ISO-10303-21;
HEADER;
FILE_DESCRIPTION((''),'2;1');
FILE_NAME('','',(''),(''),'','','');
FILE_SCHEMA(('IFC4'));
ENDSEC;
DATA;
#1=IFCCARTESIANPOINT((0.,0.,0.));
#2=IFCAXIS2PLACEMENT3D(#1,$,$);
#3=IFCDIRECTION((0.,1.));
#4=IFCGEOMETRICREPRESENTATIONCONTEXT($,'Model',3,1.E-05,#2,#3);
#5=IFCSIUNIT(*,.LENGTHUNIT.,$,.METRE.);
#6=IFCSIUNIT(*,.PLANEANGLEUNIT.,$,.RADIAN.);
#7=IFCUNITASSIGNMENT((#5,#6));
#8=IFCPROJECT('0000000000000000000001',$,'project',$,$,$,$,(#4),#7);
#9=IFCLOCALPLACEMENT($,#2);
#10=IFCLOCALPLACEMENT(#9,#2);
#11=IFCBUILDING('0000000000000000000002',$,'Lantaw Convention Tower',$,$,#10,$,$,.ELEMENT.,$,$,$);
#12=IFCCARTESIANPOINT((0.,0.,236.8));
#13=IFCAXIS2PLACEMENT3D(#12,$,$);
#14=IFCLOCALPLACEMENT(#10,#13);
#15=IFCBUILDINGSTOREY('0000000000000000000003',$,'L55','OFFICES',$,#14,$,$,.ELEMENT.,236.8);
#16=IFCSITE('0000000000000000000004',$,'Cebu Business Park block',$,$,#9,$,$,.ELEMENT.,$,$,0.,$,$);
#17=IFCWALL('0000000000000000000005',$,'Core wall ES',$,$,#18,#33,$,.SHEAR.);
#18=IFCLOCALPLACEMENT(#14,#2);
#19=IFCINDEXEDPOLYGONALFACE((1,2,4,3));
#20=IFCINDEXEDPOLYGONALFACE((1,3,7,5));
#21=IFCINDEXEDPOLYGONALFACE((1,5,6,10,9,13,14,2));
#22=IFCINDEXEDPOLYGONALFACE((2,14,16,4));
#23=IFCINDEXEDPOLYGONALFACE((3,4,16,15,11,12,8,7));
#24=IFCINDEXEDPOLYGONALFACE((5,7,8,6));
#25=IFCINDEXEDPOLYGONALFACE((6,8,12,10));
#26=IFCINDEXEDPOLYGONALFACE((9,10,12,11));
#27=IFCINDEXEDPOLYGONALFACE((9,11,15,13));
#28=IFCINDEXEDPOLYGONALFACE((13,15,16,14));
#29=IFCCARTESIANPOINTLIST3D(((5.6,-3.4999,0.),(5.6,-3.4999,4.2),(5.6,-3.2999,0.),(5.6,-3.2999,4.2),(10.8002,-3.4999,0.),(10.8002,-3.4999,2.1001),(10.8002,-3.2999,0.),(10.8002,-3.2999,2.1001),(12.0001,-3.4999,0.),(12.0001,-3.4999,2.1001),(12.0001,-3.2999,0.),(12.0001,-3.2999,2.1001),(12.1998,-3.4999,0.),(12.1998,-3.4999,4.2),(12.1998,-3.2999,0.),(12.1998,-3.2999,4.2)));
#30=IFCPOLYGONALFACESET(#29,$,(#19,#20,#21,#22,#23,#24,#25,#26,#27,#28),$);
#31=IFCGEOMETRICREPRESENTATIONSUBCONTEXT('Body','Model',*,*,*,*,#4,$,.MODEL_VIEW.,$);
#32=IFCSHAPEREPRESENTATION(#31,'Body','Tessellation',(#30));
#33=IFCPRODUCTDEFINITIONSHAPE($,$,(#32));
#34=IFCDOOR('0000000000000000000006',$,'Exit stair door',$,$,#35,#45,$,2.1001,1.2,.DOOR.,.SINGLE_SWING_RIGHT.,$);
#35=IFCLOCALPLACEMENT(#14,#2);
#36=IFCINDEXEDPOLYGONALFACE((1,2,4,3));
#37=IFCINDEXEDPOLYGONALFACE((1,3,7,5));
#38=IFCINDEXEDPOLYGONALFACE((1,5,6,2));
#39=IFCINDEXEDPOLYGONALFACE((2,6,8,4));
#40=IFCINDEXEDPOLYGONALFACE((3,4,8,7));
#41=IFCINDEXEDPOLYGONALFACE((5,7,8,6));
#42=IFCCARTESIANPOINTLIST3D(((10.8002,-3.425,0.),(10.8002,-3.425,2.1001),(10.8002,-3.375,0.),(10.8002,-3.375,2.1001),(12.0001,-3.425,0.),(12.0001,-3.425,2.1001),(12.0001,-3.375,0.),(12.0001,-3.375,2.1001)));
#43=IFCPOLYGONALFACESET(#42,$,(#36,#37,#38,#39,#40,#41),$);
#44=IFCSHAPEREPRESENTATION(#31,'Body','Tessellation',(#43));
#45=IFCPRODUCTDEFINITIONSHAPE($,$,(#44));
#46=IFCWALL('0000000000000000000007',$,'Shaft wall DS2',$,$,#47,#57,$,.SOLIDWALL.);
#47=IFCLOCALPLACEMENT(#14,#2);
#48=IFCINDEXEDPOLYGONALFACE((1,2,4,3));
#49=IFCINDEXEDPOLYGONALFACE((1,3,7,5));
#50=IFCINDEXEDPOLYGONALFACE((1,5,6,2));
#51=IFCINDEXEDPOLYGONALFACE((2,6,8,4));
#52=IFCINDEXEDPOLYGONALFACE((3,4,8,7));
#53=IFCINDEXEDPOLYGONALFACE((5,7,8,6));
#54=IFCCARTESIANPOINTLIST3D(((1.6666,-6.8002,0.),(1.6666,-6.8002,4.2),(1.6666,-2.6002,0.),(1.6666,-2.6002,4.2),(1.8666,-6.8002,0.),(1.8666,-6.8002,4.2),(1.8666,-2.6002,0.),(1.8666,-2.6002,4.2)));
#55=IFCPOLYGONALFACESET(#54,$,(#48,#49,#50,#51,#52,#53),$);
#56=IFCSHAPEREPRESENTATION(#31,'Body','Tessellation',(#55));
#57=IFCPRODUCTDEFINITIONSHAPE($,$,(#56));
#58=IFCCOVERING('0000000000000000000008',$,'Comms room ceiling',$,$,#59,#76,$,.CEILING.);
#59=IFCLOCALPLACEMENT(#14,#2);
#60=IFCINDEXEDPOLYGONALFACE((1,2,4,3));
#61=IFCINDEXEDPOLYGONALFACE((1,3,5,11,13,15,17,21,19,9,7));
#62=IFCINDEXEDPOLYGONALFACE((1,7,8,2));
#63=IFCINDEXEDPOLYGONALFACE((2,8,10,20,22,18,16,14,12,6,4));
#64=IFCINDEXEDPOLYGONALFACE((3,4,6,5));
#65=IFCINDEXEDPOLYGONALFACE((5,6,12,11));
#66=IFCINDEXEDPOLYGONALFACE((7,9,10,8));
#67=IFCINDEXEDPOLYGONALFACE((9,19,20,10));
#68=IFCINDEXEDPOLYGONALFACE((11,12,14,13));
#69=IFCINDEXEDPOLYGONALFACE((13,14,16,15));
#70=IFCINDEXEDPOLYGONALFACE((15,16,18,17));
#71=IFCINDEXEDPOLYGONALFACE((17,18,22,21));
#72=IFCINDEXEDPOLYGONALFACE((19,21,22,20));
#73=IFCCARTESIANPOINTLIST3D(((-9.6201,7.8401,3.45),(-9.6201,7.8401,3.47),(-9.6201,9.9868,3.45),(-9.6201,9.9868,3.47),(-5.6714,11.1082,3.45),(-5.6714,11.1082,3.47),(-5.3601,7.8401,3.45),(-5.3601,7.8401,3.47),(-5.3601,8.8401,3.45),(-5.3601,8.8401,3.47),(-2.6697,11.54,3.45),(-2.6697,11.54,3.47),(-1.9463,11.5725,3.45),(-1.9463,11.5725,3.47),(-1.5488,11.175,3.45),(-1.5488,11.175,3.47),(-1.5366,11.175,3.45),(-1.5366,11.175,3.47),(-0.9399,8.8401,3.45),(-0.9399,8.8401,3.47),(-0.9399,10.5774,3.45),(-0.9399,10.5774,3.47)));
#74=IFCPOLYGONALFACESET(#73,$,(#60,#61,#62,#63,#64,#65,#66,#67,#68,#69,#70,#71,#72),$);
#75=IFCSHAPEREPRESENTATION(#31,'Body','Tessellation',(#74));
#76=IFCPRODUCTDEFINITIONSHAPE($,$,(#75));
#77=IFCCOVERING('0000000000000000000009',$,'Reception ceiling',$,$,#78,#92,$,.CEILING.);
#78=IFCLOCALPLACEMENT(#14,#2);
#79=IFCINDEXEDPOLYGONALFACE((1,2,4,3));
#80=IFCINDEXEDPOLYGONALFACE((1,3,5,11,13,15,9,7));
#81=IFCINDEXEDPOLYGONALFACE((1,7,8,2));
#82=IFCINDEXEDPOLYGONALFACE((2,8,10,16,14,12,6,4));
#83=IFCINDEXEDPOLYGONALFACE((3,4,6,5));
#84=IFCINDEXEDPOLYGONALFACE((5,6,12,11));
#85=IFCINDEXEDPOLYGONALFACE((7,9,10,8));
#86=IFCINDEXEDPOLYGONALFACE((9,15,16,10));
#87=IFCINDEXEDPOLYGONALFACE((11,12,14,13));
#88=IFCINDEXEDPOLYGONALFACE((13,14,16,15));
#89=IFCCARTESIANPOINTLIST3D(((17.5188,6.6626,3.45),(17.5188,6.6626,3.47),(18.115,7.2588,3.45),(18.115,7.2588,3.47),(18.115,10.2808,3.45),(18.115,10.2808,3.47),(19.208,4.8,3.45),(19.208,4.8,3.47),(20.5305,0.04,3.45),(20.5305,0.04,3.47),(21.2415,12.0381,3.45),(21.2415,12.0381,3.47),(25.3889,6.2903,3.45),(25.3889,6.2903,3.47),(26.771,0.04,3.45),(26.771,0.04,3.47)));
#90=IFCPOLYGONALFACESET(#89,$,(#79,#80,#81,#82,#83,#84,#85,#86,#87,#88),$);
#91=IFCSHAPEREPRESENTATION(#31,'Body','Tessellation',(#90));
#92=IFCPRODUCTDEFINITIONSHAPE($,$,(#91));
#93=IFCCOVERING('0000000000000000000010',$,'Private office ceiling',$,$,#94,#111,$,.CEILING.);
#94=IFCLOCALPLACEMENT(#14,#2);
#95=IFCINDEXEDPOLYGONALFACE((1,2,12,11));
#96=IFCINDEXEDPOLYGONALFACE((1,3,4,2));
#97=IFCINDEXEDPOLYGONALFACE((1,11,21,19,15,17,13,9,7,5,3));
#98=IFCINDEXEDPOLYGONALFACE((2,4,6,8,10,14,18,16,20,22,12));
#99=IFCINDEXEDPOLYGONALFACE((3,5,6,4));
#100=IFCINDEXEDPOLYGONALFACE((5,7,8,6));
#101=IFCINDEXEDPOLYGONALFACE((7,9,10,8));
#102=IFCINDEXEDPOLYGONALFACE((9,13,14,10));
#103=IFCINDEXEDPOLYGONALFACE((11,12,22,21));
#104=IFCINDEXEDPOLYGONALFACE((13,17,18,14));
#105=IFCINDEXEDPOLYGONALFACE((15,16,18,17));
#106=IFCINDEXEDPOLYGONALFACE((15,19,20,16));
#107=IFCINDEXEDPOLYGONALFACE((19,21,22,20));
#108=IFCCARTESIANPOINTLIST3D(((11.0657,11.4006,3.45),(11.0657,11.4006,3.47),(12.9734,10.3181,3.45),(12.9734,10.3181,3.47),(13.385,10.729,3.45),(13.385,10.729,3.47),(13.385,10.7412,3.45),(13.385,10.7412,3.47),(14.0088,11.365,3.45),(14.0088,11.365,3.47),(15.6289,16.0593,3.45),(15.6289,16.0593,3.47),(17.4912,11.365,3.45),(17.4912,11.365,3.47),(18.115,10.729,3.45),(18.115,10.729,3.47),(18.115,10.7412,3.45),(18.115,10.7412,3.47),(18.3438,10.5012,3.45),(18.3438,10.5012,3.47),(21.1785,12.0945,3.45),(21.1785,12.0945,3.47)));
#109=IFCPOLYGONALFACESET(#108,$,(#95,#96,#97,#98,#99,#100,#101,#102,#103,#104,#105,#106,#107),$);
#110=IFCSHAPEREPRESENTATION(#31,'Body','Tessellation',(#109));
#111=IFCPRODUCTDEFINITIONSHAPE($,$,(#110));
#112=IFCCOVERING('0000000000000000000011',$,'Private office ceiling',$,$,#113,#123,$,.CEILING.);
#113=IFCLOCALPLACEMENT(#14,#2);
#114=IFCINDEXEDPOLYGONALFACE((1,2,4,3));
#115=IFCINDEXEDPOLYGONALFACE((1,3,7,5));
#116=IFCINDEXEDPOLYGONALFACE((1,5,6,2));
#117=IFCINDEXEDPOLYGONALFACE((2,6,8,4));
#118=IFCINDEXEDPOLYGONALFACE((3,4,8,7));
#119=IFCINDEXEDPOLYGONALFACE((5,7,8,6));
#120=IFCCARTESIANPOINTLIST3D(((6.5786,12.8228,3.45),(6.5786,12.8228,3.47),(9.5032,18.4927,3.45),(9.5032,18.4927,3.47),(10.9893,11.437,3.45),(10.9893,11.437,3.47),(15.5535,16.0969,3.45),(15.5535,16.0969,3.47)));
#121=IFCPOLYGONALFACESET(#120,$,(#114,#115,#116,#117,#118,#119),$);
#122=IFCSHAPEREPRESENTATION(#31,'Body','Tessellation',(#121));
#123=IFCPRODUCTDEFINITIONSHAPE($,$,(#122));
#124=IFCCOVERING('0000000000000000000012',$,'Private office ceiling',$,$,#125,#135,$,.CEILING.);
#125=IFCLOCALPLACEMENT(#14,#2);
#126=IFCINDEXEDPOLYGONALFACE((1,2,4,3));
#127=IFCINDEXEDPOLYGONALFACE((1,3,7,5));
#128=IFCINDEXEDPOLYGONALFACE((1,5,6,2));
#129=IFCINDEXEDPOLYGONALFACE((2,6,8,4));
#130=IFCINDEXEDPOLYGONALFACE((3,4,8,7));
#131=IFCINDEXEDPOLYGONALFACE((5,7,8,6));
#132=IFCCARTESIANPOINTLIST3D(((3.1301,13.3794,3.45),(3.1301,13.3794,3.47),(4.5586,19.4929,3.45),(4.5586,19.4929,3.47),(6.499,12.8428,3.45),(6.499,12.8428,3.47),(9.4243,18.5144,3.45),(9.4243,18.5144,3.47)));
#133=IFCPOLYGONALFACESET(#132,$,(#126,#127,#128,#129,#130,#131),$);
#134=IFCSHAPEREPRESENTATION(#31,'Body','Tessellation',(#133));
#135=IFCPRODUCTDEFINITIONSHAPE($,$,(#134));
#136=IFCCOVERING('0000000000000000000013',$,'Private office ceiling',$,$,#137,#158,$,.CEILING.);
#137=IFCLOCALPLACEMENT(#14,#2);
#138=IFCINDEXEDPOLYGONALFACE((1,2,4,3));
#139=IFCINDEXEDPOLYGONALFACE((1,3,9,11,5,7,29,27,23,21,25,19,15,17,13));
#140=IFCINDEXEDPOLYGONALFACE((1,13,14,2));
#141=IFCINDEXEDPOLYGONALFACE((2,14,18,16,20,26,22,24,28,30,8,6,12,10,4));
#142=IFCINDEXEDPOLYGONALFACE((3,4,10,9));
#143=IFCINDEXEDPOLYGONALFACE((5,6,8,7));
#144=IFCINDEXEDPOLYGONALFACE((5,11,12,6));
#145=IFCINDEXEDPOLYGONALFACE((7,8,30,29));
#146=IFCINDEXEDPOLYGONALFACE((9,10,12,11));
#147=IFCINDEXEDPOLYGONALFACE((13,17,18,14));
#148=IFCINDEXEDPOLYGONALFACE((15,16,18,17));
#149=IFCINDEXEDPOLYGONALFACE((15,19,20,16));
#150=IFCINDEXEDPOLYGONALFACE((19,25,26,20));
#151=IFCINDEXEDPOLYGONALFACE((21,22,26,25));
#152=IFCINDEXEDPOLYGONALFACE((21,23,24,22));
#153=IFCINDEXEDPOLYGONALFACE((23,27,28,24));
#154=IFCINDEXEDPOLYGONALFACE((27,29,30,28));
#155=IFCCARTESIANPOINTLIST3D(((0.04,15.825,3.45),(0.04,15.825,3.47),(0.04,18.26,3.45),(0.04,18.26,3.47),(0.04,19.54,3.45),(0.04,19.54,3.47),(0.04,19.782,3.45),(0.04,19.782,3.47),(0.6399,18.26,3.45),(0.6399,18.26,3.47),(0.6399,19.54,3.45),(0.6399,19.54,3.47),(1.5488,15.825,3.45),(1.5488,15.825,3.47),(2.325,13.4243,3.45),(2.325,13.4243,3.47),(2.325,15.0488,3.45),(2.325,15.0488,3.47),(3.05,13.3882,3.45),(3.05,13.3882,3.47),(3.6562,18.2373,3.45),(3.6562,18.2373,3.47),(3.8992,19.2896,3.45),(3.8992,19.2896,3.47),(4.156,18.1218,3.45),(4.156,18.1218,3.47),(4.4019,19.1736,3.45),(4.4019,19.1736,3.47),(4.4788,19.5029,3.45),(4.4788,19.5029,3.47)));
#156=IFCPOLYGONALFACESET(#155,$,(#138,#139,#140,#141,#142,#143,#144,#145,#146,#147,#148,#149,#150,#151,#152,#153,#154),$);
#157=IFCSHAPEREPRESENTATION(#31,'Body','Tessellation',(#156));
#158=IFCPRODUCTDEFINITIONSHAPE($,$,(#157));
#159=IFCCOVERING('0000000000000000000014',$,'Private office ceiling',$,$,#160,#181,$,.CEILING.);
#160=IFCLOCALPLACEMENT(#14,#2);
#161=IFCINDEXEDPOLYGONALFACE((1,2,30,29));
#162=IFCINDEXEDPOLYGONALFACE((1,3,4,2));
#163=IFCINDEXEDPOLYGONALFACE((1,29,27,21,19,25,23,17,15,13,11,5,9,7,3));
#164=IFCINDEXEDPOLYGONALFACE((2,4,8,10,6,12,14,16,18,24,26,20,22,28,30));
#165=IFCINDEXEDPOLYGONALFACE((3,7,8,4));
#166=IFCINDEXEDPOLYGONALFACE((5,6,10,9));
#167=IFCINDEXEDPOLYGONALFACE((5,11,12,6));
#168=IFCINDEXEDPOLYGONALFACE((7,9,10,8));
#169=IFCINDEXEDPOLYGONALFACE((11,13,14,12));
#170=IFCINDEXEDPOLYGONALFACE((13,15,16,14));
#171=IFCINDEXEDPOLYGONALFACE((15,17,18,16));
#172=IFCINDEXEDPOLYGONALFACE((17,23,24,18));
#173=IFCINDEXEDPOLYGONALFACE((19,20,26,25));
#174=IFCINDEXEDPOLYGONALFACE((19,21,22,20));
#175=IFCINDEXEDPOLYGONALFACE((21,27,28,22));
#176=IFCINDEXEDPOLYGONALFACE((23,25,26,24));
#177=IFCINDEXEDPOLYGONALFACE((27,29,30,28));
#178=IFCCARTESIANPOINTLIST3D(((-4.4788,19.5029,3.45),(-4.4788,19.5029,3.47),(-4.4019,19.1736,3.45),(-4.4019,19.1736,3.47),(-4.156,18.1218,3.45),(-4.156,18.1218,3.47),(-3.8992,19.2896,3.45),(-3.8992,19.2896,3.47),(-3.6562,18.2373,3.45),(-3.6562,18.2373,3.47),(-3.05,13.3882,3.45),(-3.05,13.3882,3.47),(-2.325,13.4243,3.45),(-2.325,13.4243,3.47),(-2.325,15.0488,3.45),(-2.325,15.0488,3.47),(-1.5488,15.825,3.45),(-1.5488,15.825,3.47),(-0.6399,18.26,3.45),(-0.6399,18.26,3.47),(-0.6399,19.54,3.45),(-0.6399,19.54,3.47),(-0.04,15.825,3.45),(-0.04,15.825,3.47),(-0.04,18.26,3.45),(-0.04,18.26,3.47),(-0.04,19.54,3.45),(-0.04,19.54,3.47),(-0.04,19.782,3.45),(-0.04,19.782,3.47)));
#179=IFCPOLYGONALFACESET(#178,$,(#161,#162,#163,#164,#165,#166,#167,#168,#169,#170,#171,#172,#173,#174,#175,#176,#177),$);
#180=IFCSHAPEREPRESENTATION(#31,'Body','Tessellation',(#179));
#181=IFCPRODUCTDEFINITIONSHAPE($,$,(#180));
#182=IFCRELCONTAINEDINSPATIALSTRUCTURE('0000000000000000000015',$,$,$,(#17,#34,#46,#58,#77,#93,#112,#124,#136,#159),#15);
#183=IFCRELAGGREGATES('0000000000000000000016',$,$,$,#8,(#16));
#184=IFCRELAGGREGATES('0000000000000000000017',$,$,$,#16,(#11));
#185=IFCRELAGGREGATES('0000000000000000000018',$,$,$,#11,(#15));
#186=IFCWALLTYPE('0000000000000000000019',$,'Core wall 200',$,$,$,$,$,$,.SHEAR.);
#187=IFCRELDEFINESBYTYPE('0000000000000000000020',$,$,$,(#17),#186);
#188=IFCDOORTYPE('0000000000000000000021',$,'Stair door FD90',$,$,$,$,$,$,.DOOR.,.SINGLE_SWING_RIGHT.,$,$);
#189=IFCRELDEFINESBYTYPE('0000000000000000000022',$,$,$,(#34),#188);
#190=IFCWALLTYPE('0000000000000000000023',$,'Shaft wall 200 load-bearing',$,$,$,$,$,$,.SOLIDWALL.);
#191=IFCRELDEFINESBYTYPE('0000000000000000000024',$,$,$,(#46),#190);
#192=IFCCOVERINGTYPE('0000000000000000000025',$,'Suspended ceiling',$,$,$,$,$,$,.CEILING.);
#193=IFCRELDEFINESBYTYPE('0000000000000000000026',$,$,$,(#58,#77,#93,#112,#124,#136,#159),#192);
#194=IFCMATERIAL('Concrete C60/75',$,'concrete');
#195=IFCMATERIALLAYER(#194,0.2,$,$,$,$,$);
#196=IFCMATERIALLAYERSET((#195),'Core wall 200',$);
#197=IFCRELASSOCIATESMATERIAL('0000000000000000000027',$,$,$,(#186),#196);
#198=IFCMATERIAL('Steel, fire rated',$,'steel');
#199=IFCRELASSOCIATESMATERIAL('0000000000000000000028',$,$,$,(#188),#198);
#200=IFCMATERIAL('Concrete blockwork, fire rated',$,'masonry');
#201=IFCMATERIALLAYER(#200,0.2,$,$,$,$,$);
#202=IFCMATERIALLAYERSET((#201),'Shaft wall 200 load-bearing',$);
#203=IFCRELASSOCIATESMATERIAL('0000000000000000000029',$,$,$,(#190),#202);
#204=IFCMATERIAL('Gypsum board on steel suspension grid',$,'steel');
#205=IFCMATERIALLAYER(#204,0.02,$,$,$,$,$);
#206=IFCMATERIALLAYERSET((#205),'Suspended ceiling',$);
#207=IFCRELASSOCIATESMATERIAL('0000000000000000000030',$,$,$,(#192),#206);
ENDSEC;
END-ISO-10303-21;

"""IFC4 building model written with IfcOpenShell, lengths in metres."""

from ifc_helpers import new_model, si_unit, direction, frame, frame_2d, origin, place, context, subcontext, project, spatial, polyline, rectangle, outline, extrude, material, layer, layer_set, type_object, element, fill, save


model = new_model("IFC4")

# Units and contexts
model_context = context("Model", 3, precision=1e-05, world=origin(), true_north=direction((0.0, 1.0)))
body_context = subcontext(model_context, "Body", "Model", "MODEL_VIEW")
ifc_project = project(units=[si_unit("LENGTHUNIT", "METRE"), si_unit("PLANEANGLEUNIT", "RADIAN")], contexts=[model_context])

# Site, building, storey
site_placement = place(None, origin())
site = spatial("IfcSite", under=ifc_project, at=site_placement, Name="Cebu Business Park block", CompositionType="ELEMENT", RefElevation=0.0)
building_placement = place(site_placement, origin())
building = spatial("IfcBuilding", under=site, at=building_placement, Name="Lantaw Convention Tower", CompositionType="ELEMENT")
storey_placement = place(building_placement, frame((0.0, 0.0, 236.8)))
storey = spatial("IfcBuildingStorey", under=building, at=storey_placement, Name="L55", Description="OFFICES", CompositionType="ELEMENT", Elevation=236.8)

# Wall, opening, door
ifc_material_1 = material(Name="Concrete C60/75", Category="concrete")
ifc_layer_1 = layer(ifc_material_1, 0.2)
ifc_layer_set_1 = layer_set([ifc_layer_1], Name="Core wall 200")
wall_type_1 = type_object("IfcWallType", Name="Core wall 200", PredefinedType="SHEAR", material=ifc_layer_set_1)
wall_1_placement = place(storey_placement, frame((5.6001, -3.3999, 0.0), z_axis=(0.0, 0.0, 1.0), x_axis=(1.0, 0.0, 0.0)))
wall_1 = element("IfcWall", 1, at=wall_1_placement, inside=storey, type_object=wall_type_1, Name="Core wall ES", PredefinedType="SHEAR", context=body_context, shape_type="SweptSolid", body=[
    extrude(rectangle(XDim=6.5999, YDim=0.2, at=frame_2d((3.2998, 0.0))), origin(), (0.0, 0.0, 1.0), 4.2),
])
opening_placement = place(wall_1_placement, frame((5.2, 0.0, 0.0)))
opening = element("IfcOpeningElement", 2, at=opening_placement, cuts=wall_1, PredefinedType="OPENING", context=body_context, shape_type="SweptSolid", body=[
    extrude(rectangle(XDim=1.2, YDim=2.1001, at=frame_2d((0.6001, 1.05))), frame((0.0, 0.1099, 0.0), z_axis=(0.0, -1.0, 0.0), x_axis=(1.0, 0.0, 0.0)), (0.0, 0.0, 1.0), 0.22),
])
ifc_material_2 = material(Name="Steel, fire rated", Category="steel")
door_type = type_object("IfcDoorType", Name="Stair door FD90", OperationType="SINGLE_SWING_RIGHT", PredefinedType="DOOR", material=ifc_material_2)
door_placement = place(opening_placement, origin())
door = element("IfcDoor", 3, at=door_placement, inside=storey, type_object=door_type, Name="Exit stair door", OperationType="SINGLE_SWING_RIGHT", OverallHeight=2.1001, OverallWidth=1.2, PredefinedType="DOOR", context=body_context, shape_type="SweptSolid", body=[
    extrude(rectangle(XDim=1.2, YDim=2.1001, at=frame_2d((0.6001, 1.05))), frame((0.0, 0.0249, 0.0), z_axis=(0.0, -1.0, 0.0), x_axis=(1.0, 0.0, 0.0)), (0.0, 0.0, 1.0), 0.05),
])
fill(opening, door)

# Wall
ifc_material_3 = material(Name="Concrete blockwork, fire rated", Category="masonry")
ifc_layer_2 = layer(ifc_material_3, 0.2)
ifc_layer_set_2 = layer_set([ifc_layer_2], Name="Shaft wall 200 load-bearing")
wall_type_2 = type_object("IfcWallType", Name="Shaft wall 200 load-bearing", PredefinedType="SOLIDWALL", material=ifc_layer_set_2)
wall_2_placement = place(storey_placement, frame((1.7666, -2.6001, 0.0), z_axis=(0.0, 0.0, 1.0), x_axis=(0.0, -1.0, 0.0)))
element("IfcWall", 4, at=wall_2_placement, inside=storey, type_object=wall_type_2, Name="Shaft wall DS2", PredefinedType="SOLIDWALL", context=body_context, shape_type="SweptSolid", body=[
    extrude(rectangle(XDim=4.2, YDim=0.2, at=frame_2d((2.1001, 0.0))), origin(), (0.0, 0.0, 1.0), 4.2),
])

# Coverings
ifc_material_4 = material(Name="Gypsum board on steel suspension grid", Category="steel")
ifc_layer_3 = layer(ifc_material_4, 0.02)
ifc_layer_set_3 = layer_set([ifc_layer_3], Name="Suspended ceiling")
covering_type = type_object("IfcCoveringType", Name="Suspended ceiling", PredefinedType="CEILING", material=ifc_layer_set_3)
covering_1_placement = place(storey_placement, frame((0.0, 0.0, 3.45)))
element("IfcCovering", 5, at=covering_1_placement, inside=storey, type_object=covering_type, Name="Comms room ceiling", PredefinedType="CEILING", context=body_context, shape_type="SweptSolid", body=[
    extrude(outline(polyline([(-1.9463, 11.5725), (-2.6697, 11.54), (-5.6714, 11.1082), (-9.6201, 9.9868), (-9.6201, 7.8401), (-5.3601, 7.8401), (-5.3601, 8.8401), (-0.9399, 8.8401), (-0.9399, 10.5774), (-1.5366, 11.175), (-1.5488, 11.175), (-1.9463, 11.5725)])), origin(), (0.0, 0.0, 1.0), 0.02),
])
covering_2_placement = place(storey_placement, frame((0.0, 0.0, 3.45)))
element("IfcCovering", 6, at=covering_2_placement, inside=storey, type_object=covering_type, Name="Reception ceiling", PredefinedType="CEILING", context=body_context, shape_type="SweptSolid", body=[
    extrude(outline(polyline([(17.5188, 6.6626), (19.208, 4.8), (20.5305, 0.04), (26.771, 0.04), (25.3889, 6.2903), (21.2415, 12.0381), (18.115, 10.2808), (18.115, 7.2588), (17.5188, 6.6626)])), origin(), (0.0, 0.0, 1.0), 0.02),
])
covering_3_placement = place(storey_placement, frame((0.0, 0.0, 3.45)))
element("IfcCovering", 7, at=covering_3_placement, inside=storey, type_object=covering_type, Name="Private office ceiling", PredefinedType="CEILING", context=body_context, shape_type="SweptSolid", body=[
    extrude(outline(polyline([(13.385, 10.729), (13.385, 10.7412), (14.0088, 11.365), (17.4912, 11.365), (18.115, 10.7412), (18.115, 10.729), (18.3438, 10.5012), (21.1785, 12.0945), (15.6289, 16.0593), (11.0657, 11.4006), (12.9734, 10.3181), (13.385, 10.729)])), origin(), (0.0, 0.0, 1.0), 0.02),
])
covering_4_placement = place(storey_placement, frame((0.0, 0.0, 3.45)))
element("IfcCovering", 8, at=covering_4_placement, inside=storey, type_object=covering_type, Name="Private office ceiling", PredefinedType="CEILING", context=body_context, shape_type="SweptSolid", body=[
    extrude(outline(polyline([(10.9893, 11.437), (15.5535, 16.0969), (9.5032, 18.4927), (6.5786, 12.8228), (10.9893, 11.437)])), origin(), (0.0, 0.0, 1.0), 0.02),
])
covering_5_placement = place(storey_placement, frame((0.0, 0.0, 3.45)))
element("IfcCovering", 9, at=covering_5_placement, inside=storey, type_object=covering_type, Name="Private office ceiling", PredefinedType="CEILING", context=body_context, shape_type="SweptSolid", body=[
    extrude(outline(polyline([(6.499, 12.8428), (9.4243, 18.5144), (4.5586, 19.4929), (3.1301, 13.3794), (6.499, 12.8428)])), origin(), (0.0, 0.0, 1.0), 0.02),
])
covering_6_placement = place(storey_placement, frame((0.0, 0.0, 3.45)))
element("IfcCovering", 10, at=covering_6_placement, inside=storey, type_object=covering_type, Name="Private office ceiling", PredefinedType="CEILING", context=body_context, shape_type="SweptSolid", body=[
    extrude(outline(polyline([(2.325, 15.0488), (2.325, 13.4243), (3.05, 13.3882), (4.156, 18.1218), (3.6562, 18.2373), (3.8992, 19.2896), (4.4019, 19.1736), (4.4788, 19.5029), (0.04, 19.782), (0.04, 19.54), (0.6399, 19.54), (0.6399, 18.26), (0.04, 18.26), (0.04, 15.825), (1.5488, 15.825), (2.325, 15.0488)])), origin(), (0.0, 0.0, 1.0), 0.02),
])
covering_7_placement = place(storey_placement, frame((0.0, 0.0, 3.45)))
element("IfcCovering", 11, at=covering_7_placement, inside=storey, type_object=covering_type, Name="Private office ceiling", PredefinedType="CEILING", context=body_context, shape_type="SweptSolid", body=[
    extrude(outline(polyline([(-4.156, 18.1218), (-3.05, 13.3882), (-2.325, 13.4243), (-2.325, 15.0488), (-1.5488, 15.825), (-0.04, 15.825), (-0.04, 18.26), (-0.6399, 18.26), (-0.6399, 19.54), (-0.04, 19.54), (-0.04, 19.782), (-4.4788, 19.5029), (-4.4019, 19.1736), (-3.8992, 19.2896), (-3.6562, 18.2373), (-4.156, 18.1218)])), origin(), (0.0, 0.0, 1.0), 0.02),
])

save(model, "model.ifc")
